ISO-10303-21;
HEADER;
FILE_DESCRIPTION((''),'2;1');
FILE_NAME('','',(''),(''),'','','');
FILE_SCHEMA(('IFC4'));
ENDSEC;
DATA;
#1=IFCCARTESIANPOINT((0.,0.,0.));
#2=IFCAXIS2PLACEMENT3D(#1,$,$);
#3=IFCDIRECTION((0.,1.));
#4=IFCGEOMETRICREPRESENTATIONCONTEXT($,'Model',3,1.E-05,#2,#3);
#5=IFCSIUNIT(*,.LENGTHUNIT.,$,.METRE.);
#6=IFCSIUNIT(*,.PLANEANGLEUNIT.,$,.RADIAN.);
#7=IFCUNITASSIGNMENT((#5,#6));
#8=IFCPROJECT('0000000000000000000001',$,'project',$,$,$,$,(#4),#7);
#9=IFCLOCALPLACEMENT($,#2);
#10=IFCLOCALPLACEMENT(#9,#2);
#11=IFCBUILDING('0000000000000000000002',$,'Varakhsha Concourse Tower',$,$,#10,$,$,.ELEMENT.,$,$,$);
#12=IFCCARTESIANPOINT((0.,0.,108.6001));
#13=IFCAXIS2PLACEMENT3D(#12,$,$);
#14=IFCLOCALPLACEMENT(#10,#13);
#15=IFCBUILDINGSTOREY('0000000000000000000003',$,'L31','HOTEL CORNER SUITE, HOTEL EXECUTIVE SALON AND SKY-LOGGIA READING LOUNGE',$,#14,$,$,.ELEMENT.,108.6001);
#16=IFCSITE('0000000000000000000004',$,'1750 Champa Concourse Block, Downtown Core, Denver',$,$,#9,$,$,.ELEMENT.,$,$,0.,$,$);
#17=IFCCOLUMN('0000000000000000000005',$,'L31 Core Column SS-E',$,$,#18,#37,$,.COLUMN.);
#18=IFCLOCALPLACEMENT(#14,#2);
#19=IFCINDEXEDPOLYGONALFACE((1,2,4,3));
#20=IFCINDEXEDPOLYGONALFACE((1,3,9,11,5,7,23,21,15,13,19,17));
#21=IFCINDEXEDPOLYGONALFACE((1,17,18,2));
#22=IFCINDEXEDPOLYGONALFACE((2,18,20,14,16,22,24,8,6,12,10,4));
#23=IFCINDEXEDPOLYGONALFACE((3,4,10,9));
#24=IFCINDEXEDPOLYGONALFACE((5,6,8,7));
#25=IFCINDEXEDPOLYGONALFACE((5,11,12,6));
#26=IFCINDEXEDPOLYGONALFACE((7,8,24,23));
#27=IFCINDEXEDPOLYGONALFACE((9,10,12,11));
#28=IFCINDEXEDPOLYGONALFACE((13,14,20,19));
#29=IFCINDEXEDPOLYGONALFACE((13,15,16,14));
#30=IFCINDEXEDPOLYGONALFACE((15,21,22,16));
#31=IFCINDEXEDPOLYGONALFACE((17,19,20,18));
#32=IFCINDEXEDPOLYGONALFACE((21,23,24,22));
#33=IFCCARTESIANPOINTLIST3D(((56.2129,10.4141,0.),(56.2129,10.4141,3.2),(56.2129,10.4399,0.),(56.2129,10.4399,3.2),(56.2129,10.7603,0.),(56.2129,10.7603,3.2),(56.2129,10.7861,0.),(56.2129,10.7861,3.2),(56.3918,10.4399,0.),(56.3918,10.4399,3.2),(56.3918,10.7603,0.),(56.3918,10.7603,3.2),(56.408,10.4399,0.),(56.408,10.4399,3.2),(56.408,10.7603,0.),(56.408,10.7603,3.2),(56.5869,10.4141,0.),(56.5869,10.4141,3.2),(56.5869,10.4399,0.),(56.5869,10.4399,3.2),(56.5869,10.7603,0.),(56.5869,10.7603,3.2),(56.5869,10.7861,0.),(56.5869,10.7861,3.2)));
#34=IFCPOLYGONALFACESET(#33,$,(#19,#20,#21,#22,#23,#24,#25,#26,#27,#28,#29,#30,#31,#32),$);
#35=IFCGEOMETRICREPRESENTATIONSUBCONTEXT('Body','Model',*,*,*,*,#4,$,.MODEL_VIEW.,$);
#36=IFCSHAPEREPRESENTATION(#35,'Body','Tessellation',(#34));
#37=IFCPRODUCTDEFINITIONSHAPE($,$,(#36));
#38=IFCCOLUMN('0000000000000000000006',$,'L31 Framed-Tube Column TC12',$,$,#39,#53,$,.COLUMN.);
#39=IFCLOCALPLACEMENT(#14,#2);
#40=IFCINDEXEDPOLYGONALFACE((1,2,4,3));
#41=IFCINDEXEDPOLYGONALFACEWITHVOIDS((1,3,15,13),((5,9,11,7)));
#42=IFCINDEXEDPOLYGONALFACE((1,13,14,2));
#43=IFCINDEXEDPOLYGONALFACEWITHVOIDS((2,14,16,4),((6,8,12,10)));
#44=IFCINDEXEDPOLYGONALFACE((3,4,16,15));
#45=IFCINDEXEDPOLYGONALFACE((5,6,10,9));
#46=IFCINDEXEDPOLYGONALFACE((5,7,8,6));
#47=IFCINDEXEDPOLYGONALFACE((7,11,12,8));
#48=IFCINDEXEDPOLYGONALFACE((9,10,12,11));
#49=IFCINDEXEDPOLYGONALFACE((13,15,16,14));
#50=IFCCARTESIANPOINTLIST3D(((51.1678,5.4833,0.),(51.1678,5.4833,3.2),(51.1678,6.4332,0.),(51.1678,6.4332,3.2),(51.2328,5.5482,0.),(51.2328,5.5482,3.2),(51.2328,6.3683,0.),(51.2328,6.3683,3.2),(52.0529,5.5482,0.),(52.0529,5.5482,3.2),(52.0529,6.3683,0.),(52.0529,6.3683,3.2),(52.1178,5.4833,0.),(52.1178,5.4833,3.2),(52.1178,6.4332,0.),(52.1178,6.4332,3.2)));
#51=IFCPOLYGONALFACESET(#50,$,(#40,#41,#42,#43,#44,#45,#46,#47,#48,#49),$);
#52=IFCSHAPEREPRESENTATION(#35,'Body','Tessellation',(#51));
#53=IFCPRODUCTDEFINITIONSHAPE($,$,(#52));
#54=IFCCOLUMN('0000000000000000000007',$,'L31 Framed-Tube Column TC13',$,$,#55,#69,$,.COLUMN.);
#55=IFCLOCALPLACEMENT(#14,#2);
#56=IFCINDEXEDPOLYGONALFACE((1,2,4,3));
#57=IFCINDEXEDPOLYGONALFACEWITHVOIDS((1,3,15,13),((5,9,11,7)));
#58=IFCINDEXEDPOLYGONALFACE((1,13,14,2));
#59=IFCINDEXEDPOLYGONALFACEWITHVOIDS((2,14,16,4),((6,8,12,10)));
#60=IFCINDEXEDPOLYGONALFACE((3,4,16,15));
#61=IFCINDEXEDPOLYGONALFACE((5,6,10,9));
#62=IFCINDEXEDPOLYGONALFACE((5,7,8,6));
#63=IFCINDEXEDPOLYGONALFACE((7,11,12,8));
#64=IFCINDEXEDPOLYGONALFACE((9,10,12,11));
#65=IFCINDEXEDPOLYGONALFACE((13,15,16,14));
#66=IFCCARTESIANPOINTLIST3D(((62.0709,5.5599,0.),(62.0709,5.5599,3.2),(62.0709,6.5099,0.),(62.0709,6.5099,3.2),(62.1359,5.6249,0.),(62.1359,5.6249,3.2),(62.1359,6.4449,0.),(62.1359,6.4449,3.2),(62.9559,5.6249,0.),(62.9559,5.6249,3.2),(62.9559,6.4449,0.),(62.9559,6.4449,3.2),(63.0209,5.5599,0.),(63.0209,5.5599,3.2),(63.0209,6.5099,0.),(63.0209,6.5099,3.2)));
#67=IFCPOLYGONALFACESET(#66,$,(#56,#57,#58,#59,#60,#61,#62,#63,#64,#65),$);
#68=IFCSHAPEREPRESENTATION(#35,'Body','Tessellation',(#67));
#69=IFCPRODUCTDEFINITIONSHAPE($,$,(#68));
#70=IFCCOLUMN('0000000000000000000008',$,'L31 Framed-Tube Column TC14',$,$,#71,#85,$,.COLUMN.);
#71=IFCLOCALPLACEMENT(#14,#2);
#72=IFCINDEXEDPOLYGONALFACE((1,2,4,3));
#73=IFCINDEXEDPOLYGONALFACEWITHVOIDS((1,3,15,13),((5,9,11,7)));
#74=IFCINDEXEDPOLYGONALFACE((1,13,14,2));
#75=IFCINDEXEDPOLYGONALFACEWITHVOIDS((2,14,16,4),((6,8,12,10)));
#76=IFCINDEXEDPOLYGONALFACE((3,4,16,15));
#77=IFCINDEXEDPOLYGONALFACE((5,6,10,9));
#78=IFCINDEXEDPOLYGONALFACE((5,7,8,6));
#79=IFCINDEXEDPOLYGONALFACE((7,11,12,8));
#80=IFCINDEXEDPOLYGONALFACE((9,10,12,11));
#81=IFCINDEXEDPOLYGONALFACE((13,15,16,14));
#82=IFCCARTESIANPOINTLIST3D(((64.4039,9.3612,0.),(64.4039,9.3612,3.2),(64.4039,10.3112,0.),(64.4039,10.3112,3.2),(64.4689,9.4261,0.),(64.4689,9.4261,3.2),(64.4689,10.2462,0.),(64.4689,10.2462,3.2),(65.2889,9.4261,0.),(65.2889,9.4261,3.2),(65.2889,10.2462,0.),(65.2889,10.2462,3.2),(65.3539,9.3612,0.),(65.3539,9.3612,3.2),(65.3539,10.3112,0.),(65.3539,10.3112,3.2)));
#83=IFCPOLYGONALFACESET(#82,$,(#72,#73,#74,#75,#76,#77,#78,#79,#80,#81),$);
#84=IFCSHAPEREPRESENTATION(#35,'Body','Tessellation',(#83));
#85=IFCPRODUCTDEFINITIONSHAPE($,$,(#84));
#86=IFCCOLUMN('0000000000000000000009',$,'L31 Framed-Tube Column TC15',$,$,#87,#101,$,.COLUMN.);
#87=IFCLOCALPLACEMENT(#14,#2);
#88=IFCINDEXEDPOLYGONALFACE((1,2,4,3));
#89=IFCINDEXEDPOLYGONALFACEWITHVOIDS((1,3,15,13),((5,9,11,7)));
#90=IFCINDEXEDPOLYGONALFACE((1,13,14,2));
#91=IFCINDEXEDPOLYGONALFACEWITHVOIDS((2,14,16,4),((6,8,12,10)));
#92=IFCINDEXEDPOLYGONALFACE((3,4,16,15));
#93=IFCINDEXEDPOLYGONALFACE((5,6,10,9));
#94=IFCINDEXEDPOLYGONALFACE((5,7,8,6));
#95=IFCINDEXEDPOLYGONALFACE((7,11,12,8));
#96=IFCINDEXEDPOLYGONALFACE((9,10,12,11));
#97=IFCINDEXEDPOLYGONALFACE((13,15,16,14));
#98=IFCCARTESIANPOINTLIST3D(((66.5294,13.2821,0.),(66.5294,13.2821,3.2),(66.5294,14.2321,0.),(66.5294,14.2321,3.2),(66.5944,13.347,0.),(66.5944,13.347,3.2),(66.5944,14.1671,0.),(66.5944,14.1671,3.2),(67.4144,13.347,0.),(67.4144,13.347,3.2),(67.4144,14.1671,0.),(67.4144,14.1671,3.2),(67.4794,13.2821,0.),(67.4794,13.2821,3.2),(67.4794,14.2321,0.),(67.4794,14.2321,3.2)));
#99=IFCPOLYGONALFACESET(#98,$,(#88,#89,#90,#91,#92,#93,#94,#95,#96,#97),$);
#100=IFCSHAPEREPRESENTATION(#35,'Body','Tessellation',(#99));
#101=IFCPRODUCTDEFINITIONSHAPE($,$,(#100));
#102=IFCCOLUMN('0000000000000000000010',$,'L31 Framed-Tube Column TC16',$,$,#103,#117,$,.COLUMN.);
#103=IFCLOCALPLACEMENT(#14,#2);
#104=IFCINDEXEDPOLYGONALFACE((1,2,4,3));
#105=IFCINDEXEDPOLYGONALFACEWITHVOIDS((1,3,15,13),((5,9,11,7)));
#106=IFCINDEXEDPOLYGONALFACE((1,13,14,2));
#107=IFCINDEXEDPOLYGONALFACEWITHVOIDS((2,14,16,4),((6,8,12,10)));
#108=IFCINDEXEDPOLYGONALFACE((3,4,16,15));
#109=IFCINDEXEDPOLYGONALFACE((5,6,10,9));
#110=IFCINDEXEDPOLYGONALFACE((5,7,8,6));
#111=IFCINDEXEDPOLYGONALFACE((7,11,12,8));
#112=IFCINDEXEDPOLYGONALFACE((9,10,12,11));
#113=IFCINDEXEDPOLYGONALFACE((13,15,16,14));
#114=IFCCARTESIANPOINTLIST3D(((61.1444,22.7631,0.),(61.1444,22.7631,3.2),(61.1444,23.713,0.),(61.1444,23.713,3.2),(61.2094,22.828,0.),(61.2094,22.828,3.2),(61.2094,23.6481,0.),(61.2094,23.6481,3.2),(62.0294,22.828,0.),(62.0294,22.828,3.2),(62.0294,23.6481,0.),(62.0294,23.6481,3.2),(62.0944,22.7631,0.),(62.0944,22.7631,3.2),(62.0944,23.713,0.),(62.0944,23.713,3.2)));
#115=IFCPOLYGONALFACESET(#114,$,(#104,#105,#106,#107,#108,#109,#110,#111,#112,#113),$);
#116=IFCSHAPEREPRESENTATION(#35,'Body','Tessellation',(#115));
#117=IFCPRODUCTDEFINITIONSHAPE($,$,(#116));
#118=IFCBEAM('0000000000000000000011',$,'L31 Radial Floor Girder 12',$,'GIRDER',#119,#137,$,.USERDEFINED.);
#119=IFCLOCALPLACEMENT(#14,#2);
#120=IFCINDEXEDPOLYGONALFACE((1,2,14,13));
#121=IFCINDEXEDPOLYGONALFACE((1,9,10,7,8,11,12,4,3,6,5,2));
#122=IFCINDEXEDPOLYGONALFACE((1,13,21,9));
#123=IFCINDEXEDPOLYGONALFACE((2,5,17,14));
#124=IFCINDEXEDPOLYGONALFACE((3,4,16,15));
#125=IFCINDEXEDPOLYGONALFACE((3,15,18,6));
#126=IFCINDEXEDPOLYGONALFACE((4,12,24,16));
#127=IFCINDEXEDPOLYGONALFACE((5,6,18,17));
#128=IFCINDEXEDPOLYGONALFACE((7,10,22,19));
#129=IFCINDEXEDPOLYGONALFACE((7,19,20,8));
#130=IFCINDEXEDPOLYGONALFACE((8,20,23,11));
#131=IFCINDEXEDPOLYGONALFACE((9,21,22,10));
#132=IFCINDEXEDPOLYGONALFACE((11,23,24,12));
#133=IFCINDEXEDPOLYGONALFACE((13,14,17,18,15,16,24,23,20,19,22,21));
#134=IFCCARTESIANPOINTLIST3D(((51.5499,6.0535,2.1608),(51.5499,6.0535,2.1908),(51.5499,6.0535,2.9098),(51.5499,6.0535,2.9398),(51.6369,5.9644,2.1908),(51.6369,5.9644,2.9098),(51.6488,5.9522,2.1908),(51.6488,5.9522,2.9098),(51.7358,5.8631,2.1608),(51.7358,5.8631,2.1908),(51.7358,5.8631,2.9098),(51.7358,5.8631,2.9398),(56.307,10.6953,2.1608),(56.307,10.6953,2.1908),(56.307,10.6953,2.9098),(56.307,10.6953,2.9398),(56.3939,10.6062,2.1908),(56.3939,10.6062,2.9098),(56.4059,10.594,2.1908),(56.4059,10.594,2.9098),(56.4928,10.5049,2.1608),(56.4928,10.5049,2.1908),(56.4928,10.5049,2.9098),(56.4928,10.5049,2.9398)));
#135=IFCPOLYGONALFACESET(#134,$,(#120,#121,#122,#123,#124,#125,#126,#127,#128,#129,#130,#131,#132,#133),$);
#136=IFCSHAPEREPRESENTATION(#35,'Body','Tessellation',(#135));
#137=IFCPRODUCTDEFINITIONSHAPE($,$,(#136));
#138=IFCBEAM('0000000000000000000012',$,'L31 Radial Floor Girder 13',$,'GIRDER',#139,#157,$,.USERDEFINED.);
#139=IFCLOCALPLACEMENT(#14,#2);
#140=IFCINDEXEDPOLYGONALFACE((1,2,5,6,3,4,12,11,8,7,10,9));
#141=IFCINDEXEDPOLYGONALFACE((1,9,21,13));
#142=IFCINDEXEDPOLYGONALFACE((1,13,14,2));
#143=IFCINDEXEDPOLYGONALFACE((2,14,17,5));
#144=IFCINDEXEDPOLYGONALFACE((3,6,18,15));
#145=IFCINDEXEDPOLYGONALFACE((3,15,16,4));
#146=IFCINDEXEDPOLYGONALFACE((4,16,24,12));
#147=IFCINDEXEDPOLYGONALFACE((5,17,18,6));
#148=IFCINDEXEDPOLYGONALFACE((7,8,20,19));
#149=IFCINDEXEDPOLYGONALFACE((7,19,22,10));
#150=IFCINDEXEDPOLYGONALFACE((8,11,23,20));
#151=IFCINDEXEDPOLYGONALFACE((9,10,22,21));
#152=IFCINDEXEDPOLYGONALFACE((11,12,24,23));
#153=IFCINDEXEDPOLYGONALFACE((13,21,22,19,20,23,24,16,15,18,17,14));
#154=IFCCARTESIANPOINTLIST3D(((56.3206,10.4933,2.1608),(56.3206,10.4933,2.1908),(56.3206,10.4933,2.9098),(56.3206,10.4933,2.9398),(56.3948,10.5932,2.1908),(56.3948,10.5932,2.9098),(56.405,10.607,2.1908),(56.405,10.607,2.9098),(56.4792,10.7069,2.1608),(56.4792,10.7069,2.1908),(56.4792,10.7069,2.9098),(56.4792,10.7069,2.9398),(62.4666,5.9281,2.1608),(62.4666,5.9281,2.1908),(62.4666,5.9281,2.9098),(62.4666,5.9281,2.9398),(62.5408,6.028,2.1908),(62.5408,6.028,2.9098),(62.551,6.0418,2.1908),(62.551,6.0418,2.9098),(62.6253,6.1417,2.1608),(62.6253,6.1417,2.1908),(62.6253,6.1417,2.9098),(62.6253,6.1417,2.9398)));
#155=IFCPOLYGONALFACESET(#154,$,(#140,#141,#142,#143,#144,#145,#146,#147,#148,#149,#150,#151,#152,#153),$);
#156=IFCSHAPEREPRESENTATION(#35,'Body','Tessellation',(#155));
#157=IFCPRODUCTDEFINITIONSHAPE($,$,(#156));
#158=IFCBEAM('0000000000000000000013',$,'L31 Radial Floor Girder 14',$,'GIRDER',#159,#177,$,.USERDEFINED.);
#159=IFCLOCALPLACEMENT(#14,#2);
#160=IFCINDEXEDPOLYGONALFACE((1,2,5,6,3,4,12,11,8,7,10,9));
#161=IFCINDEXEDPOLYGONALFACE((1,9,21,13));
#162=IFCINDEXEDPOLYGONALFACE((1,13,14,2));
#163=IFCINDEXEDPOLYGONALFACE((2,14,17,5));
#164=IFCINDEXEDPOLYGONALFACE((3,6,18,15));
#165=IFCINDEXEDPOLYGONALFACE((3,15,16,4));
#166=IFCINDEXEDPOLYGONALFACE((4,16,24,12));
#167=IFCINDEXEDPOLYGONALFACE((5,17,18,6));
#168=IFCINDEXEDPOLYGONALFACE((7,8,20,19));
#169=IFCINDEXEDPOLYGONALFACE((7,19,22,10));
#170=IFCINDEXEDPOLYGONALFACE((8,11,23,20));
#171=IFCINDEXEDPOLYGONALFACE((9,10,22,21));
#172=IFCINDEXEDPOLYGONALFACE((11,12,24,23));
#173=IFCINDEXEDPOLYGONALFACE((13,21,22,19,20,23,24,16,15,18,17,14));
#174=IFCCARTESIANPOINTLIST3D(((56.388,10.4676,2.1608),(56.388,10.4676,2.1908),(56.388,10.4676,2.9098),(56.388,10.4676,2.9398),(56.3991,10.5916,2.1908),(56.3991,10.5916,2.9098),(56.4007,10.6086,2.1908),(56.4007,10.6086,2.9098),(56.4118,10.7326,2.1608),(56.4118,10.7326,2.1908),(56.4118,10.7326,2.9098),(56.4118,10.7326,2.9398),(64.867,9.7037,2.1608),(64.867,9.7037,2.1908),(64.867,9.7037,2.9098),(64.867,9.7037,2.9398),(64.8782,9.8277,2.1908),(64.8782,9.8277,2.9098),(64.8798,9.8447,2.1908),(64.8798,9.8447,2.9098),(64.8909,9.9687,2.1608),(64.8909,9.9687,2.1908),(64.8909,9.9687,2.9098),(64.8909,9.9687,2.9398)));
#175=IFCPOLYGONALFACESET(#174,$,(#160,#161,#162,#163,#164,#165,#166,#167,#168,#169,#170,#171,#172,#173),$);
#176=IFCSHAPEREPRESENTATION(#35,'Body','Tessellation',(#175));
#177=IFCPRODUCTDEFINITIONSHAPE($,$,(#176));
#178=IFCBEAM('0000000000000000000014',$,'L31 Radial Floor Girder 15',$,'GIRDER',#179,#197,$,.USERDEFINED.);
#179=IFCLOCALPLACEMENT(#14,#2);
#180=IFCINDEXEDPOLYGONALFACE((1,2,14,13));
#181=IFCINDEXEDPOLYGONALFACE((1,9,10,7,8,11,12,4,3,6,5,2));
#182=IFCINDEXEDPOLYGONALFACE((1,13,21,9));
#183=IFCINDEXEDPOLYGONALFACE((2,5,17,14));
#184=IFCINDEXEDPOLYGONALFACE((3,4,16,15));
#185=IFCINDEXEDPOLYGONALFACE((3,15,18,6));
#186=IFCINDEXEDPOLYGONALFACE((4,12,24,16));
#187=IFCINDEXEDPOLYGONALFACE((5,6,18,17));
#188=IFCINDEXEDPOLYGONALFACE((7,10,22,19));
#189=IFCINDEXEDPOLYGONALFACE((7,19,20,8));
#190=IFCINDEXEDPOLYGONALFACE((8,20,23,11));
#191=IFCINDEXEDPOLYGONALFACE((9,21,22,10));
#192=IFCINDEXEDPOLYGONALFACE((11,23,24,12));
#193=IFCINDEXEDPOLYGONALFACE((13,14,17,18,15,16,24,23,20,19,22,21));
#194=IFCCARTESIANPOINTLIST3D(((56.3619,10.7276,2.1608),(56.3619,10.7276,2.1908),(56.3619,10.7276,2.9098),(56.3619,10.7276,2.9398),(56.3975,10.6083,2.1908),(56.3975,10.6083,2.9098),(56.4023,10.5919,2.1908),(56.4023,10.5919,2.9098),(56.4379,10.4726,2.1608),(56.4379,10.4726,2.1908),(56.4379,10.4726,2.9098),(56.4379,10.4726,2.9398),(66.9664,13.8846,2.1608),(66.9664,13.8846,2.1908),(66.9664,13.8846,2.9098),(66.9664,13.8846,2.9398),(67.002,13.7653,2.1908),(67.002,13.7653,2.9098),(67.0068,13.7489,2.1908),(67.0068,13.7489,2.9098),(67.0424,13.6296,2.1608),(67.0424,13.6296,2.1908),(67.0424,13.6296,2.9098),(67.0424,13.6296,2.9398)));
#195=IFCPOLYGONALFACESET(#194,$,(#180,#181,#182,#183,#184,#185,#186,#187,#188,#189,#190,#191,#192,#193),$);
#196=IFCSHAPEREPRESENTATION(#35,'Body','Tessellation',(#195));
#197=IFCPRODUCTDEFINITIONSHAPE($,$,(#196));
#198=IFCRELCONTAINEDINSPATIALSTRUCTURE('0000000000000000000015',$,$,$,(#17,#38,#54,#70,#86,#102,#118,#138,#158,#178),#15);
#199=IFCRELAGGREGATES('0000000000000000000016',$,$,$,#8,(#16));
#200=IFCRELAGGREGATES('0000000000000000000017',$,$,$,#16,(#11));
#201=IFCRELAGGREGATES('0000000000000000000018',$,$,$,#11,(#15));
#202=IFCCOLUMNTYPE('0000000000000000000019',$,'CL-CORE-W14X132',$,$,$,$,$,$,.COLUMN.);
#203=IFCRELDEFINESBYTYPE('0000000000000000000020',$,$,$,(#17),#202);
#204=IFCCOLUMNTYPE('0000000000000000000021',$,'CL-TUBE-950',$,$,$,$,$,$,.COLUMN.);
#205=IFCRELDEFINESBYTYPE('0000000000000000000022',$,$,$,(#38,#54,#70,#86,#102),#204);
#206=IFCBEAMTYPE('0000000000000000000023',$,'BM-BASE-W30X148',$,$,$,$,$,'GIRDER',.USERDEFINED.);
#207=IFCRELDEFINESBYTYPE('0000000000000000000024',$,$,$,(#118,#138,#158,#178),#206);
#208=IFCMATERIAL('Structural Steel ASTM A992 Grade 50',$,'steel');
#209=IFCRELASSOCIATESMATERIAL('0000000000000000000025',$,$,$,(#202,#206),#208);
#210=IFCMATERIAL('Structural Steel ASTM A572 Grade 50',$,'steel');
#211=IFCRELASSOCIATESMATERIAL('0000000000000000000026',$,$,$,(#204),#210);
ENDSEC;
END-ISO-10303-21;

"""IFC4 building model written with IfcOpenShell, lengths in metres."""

from ifc_helpers import new_model, si_unit, direction, frame, origin, origin_2d, place, context, subcontext, project, spatial, hollow_rectangle, i_section, extrude, material, material_profile, profile_set, type_object, element, save


model = new_model("IFC4")

# Units and contexts
model_context = context("Model", 3, precision=1e-05, world=origin(), true_north=direction((0.0, 1.0)))
body_context = subcontext(model_context, "Body", "Model", "MODEL_VIEW")
ifc_project = project(units=[si_unit("LENGTHUNIT", "METRE"), si_unit("PLANEANGLEUNIT", "RADIAN")], contexts=[model_context])

# Site, building, storey
site_placement = place(None, origin())
site = spatial("IfcSite", under=ifc_project, at=site_placement, Name="1750 Champa Concourse Block, Downtown Core, Denver", CompositionType="ELEMENT", RefElevation=0.0)
building_placement = place(site_placement, origin())
building = spatial("IfcBuilding", under=site, at=building_placement, Name="Varakhsha Concourse Tower", CompositionType="ELEMENT")
storey_placement = place(building_placement, frame((0.0, 0.0, 108.6001)))
storey = spatial("IfcBuildingStorey", under=building, at=storey_placement, Name="L31", Description="HOTEL CORNER SUITE, HOTEL EXECUTIVE SALON AND SKY-LOGGIA READING LOUNGE", CompositionType="ELEMENT", Elevation=108.6001)

# Columns
ifc_material_1 = material(Name="Structural Steel ASTM A992 Grade 50", Category="steel")
ifc_material_profile_1 = material_profile(ifc_material_1, i_section(OverallWidth=0.374, OverallDepth=0.3721, WebThickness=0.0161, FlangeThickness=0.0259, at=origin_2d()), Name="W14X132")
ifc_profile_set_1 = profile_set([ifc_material_profile_1], Name="Structural Steel ASTM A992 Grade 50")
column_type_1 = type_object("IfcColumnType", Name="CL-CORE-W14X132", PredefinedType="COLUMN", material=ifc_profile_set_1)
column_placement = place(storey_placement, frame((56.3999, 10.6001, 0.0), z_axis=(0.0, 0.0, 1.0), x_axis=(1.0, 0.0, 0.0)))
element("IfcColumn", 1, at=column_placement, inside=storey, type_object=column_type_1, Name="L31 Core Column SS-E", PredefinedType="COLUMN", context=body_context, shape_type="SweptSolid", body=[
    extrude(i_section(OverallWidth=0.374, OverallDepth=0.3721, WebThickness=0.0161, FlangeThickness=0.0259, at=origin_2d()), origin(), (0.0, 0.0, 1.0), 3.2),
])
ifc_material_2 = material(Name="Structural Steel ASTM A572 Grade 50", Category="steel")
ifc_material_profile_2 = material_profile(ifc_material_2, hollow_rectangle(XDim=0.95, YDim=0.95, WallThickness=0.0649, at=origin_2d()), Name="BOX 950x950x65")
ifc_profile_set_2 = profile_set([ifc_material_profile_2], Name="Structural Steel ASTM A572 Grade 50")
column_type_2 = type_object("IfcColumnType", Name="CL-TUBE-950", PredefinedType="COLUMN", material=ifc_profile_set_2)
for number, where, z_axis, x_axis, name in (
    (2, (51.6428, 5.9583, 0.0), (0.0, 0.0, 1.0), (1.0, 0.0, 0.0), "L31 Framed-Tube Column TC12"),
    (3, (62.5459, 6.0349, 0.0), (0.0, 0.0, 1.0), (1.0, 0.0, 0.0), "L31 Framed-Tube Column TC13"),
    (4, (64.8789, 9.8362, 0.0), (0.0, 0.0, 1.0), (1.0, 0.0, 0.0), "L31 Framed-Tube Column TC14"),
    (5, (67.0044, 13.7571, 0.0), (0.0, 0.0, 1.0), (1.0, 0.0, 0.0), "L31 Framed-Tube Column TC15"),
    (6, (61.6194, 23.238, 0.0), (0.0, 0.0, 1.0), (1.0, 0.0, 0.0), "L31 Framed-Tube Column TC16"),
):
    element("IfcColumn", number, at=place(storey_placement, frame(where, z_axis=z_axis, x_axis=x_axis)), inside=storey, type_object=column_type_2, Name=name, PredefinedType="COLUMN", context=body_context, shape_type="SweptSolid", body=[
        extrude(hollow_rectangle(XDim=0.95, YDim=0.95, WallThickness=0.0649, at=origin_2d()), origin(), (0.0, 0.0, 1.0), 3.2),
    ])

# Beams
ifc_material_profile_3 = material_profile(ifc_material_1, i_section(OverallWidth=0.2661, OverallDepth=0.7791, WebThickness=0.0171, FlangeThickness=0.03, at=origin_2d()), Name="W30X148")
ifc_profile_set_3 = profile_set([ifc_material_profile_3], Name="Structural Steel ASTM A992 Grade 50")
beam_type_1 = type_object("IfcBeamType", Name="BM-BASE-W30X148", ElementType="GIRDER", PredefinedType="USERDEFINED", material=ifc_profile_set_3)
beam_1_placement = place(storey_placement, frame((56.3999, 10.6001, 2.5503), z_axis=(-0.715722, -0.698385, 0.0), x_axis=(0.698385, -0.715722, 0.0)))
element("IfcBeam", 7, at=beam_1_placement, inside=storey, type_object=beam_type_1, Name="L31 Radial Floor Girder 12", ObjectType="GIRDER", PredefinedType="USERDEFINED", context=body_context, shape_type="SweptSolid", body=[
    extrude(i_section(OverallWidth=0.2661, OverallDepth=0.7791, WebThickness=0.0171, FlangeThickness=0.03, at=origin_2d()), origin(), (0.0, 0.0, 1.0), 6.6465),
])
beam_2_placement = place(storey_placement, frame((56.3999, 10.6001, 2.5503), z_axis=(0.80277, -0.596289, 0.0), x_axis=(0.596289, 0.80277, 0.0)))
element("IfcBeam", 8, at=beam_2_placement, inside=storey, type_object=beam_type_1, Name="L31 Radial Floor Girder 13", ObjectType="GIRDER", PredefinedType="USERDEFINED", context=body_context, shape_type="SweptSolid", body=[
    extrude(i_section(OverallWidth=0.2661, OverallDepth=0.7791, WebThickness=0.0171, FlangeThickness=0.03, at=origin_2d()), origin(), (0.0, 0.0, 1.0), 7.656),
])
beam_3_placement = place(storey_placement, frame((56.3999, 10.6001, 2.5503), z_axis=(0.995966, -0.089732, 0.0), x_axis=(0.089732, 0.995966, 0.0)))
element("IfcBeam", 9, at=beam_3_placement, inside=storey, type_object=beam_type_1, Name="L31 Radial Floor Girder 14", ObjectType="GIRDER", PredefinedType="USERDEFINED", context=body_context, shape_type="SweptSolid", body=[
    extrude(i_section(OverallWidth=0.2661, OverallDepth=0.7791, WebThickness=0.0171, FlangeThickness=0.03, at=origin_2d()), origin(), (0.0, 0.0, 1.0), 8.5134),
])
beam_4_placement = place(storey_placement, frame((56.3999, 10.6001, 2.5503), z_axis=(0.95843, 0.285327, 0.0), x_axis=(-0.285327, 0.95843, 0.0)))
element("IfcBeam", 10, at=beam_4_placement, inside=storey, type_object=beam_type_1, Name="L31 Radial Floor Girder 15", ObjectType="GIRDER", PredefinedType="USERDEFINED", context=body_context, shape_type="SweptSolid", body=[
    extrude(i_section(OverallWidth=0.2661, OverallDepth=0.7791, WebThickness=0.0171, FlangeThickness=0.03, at=origin_2d()), origin(), (0.0, 0.0, 1.0), 11.0645),
])

save(model, "model.ifc")
